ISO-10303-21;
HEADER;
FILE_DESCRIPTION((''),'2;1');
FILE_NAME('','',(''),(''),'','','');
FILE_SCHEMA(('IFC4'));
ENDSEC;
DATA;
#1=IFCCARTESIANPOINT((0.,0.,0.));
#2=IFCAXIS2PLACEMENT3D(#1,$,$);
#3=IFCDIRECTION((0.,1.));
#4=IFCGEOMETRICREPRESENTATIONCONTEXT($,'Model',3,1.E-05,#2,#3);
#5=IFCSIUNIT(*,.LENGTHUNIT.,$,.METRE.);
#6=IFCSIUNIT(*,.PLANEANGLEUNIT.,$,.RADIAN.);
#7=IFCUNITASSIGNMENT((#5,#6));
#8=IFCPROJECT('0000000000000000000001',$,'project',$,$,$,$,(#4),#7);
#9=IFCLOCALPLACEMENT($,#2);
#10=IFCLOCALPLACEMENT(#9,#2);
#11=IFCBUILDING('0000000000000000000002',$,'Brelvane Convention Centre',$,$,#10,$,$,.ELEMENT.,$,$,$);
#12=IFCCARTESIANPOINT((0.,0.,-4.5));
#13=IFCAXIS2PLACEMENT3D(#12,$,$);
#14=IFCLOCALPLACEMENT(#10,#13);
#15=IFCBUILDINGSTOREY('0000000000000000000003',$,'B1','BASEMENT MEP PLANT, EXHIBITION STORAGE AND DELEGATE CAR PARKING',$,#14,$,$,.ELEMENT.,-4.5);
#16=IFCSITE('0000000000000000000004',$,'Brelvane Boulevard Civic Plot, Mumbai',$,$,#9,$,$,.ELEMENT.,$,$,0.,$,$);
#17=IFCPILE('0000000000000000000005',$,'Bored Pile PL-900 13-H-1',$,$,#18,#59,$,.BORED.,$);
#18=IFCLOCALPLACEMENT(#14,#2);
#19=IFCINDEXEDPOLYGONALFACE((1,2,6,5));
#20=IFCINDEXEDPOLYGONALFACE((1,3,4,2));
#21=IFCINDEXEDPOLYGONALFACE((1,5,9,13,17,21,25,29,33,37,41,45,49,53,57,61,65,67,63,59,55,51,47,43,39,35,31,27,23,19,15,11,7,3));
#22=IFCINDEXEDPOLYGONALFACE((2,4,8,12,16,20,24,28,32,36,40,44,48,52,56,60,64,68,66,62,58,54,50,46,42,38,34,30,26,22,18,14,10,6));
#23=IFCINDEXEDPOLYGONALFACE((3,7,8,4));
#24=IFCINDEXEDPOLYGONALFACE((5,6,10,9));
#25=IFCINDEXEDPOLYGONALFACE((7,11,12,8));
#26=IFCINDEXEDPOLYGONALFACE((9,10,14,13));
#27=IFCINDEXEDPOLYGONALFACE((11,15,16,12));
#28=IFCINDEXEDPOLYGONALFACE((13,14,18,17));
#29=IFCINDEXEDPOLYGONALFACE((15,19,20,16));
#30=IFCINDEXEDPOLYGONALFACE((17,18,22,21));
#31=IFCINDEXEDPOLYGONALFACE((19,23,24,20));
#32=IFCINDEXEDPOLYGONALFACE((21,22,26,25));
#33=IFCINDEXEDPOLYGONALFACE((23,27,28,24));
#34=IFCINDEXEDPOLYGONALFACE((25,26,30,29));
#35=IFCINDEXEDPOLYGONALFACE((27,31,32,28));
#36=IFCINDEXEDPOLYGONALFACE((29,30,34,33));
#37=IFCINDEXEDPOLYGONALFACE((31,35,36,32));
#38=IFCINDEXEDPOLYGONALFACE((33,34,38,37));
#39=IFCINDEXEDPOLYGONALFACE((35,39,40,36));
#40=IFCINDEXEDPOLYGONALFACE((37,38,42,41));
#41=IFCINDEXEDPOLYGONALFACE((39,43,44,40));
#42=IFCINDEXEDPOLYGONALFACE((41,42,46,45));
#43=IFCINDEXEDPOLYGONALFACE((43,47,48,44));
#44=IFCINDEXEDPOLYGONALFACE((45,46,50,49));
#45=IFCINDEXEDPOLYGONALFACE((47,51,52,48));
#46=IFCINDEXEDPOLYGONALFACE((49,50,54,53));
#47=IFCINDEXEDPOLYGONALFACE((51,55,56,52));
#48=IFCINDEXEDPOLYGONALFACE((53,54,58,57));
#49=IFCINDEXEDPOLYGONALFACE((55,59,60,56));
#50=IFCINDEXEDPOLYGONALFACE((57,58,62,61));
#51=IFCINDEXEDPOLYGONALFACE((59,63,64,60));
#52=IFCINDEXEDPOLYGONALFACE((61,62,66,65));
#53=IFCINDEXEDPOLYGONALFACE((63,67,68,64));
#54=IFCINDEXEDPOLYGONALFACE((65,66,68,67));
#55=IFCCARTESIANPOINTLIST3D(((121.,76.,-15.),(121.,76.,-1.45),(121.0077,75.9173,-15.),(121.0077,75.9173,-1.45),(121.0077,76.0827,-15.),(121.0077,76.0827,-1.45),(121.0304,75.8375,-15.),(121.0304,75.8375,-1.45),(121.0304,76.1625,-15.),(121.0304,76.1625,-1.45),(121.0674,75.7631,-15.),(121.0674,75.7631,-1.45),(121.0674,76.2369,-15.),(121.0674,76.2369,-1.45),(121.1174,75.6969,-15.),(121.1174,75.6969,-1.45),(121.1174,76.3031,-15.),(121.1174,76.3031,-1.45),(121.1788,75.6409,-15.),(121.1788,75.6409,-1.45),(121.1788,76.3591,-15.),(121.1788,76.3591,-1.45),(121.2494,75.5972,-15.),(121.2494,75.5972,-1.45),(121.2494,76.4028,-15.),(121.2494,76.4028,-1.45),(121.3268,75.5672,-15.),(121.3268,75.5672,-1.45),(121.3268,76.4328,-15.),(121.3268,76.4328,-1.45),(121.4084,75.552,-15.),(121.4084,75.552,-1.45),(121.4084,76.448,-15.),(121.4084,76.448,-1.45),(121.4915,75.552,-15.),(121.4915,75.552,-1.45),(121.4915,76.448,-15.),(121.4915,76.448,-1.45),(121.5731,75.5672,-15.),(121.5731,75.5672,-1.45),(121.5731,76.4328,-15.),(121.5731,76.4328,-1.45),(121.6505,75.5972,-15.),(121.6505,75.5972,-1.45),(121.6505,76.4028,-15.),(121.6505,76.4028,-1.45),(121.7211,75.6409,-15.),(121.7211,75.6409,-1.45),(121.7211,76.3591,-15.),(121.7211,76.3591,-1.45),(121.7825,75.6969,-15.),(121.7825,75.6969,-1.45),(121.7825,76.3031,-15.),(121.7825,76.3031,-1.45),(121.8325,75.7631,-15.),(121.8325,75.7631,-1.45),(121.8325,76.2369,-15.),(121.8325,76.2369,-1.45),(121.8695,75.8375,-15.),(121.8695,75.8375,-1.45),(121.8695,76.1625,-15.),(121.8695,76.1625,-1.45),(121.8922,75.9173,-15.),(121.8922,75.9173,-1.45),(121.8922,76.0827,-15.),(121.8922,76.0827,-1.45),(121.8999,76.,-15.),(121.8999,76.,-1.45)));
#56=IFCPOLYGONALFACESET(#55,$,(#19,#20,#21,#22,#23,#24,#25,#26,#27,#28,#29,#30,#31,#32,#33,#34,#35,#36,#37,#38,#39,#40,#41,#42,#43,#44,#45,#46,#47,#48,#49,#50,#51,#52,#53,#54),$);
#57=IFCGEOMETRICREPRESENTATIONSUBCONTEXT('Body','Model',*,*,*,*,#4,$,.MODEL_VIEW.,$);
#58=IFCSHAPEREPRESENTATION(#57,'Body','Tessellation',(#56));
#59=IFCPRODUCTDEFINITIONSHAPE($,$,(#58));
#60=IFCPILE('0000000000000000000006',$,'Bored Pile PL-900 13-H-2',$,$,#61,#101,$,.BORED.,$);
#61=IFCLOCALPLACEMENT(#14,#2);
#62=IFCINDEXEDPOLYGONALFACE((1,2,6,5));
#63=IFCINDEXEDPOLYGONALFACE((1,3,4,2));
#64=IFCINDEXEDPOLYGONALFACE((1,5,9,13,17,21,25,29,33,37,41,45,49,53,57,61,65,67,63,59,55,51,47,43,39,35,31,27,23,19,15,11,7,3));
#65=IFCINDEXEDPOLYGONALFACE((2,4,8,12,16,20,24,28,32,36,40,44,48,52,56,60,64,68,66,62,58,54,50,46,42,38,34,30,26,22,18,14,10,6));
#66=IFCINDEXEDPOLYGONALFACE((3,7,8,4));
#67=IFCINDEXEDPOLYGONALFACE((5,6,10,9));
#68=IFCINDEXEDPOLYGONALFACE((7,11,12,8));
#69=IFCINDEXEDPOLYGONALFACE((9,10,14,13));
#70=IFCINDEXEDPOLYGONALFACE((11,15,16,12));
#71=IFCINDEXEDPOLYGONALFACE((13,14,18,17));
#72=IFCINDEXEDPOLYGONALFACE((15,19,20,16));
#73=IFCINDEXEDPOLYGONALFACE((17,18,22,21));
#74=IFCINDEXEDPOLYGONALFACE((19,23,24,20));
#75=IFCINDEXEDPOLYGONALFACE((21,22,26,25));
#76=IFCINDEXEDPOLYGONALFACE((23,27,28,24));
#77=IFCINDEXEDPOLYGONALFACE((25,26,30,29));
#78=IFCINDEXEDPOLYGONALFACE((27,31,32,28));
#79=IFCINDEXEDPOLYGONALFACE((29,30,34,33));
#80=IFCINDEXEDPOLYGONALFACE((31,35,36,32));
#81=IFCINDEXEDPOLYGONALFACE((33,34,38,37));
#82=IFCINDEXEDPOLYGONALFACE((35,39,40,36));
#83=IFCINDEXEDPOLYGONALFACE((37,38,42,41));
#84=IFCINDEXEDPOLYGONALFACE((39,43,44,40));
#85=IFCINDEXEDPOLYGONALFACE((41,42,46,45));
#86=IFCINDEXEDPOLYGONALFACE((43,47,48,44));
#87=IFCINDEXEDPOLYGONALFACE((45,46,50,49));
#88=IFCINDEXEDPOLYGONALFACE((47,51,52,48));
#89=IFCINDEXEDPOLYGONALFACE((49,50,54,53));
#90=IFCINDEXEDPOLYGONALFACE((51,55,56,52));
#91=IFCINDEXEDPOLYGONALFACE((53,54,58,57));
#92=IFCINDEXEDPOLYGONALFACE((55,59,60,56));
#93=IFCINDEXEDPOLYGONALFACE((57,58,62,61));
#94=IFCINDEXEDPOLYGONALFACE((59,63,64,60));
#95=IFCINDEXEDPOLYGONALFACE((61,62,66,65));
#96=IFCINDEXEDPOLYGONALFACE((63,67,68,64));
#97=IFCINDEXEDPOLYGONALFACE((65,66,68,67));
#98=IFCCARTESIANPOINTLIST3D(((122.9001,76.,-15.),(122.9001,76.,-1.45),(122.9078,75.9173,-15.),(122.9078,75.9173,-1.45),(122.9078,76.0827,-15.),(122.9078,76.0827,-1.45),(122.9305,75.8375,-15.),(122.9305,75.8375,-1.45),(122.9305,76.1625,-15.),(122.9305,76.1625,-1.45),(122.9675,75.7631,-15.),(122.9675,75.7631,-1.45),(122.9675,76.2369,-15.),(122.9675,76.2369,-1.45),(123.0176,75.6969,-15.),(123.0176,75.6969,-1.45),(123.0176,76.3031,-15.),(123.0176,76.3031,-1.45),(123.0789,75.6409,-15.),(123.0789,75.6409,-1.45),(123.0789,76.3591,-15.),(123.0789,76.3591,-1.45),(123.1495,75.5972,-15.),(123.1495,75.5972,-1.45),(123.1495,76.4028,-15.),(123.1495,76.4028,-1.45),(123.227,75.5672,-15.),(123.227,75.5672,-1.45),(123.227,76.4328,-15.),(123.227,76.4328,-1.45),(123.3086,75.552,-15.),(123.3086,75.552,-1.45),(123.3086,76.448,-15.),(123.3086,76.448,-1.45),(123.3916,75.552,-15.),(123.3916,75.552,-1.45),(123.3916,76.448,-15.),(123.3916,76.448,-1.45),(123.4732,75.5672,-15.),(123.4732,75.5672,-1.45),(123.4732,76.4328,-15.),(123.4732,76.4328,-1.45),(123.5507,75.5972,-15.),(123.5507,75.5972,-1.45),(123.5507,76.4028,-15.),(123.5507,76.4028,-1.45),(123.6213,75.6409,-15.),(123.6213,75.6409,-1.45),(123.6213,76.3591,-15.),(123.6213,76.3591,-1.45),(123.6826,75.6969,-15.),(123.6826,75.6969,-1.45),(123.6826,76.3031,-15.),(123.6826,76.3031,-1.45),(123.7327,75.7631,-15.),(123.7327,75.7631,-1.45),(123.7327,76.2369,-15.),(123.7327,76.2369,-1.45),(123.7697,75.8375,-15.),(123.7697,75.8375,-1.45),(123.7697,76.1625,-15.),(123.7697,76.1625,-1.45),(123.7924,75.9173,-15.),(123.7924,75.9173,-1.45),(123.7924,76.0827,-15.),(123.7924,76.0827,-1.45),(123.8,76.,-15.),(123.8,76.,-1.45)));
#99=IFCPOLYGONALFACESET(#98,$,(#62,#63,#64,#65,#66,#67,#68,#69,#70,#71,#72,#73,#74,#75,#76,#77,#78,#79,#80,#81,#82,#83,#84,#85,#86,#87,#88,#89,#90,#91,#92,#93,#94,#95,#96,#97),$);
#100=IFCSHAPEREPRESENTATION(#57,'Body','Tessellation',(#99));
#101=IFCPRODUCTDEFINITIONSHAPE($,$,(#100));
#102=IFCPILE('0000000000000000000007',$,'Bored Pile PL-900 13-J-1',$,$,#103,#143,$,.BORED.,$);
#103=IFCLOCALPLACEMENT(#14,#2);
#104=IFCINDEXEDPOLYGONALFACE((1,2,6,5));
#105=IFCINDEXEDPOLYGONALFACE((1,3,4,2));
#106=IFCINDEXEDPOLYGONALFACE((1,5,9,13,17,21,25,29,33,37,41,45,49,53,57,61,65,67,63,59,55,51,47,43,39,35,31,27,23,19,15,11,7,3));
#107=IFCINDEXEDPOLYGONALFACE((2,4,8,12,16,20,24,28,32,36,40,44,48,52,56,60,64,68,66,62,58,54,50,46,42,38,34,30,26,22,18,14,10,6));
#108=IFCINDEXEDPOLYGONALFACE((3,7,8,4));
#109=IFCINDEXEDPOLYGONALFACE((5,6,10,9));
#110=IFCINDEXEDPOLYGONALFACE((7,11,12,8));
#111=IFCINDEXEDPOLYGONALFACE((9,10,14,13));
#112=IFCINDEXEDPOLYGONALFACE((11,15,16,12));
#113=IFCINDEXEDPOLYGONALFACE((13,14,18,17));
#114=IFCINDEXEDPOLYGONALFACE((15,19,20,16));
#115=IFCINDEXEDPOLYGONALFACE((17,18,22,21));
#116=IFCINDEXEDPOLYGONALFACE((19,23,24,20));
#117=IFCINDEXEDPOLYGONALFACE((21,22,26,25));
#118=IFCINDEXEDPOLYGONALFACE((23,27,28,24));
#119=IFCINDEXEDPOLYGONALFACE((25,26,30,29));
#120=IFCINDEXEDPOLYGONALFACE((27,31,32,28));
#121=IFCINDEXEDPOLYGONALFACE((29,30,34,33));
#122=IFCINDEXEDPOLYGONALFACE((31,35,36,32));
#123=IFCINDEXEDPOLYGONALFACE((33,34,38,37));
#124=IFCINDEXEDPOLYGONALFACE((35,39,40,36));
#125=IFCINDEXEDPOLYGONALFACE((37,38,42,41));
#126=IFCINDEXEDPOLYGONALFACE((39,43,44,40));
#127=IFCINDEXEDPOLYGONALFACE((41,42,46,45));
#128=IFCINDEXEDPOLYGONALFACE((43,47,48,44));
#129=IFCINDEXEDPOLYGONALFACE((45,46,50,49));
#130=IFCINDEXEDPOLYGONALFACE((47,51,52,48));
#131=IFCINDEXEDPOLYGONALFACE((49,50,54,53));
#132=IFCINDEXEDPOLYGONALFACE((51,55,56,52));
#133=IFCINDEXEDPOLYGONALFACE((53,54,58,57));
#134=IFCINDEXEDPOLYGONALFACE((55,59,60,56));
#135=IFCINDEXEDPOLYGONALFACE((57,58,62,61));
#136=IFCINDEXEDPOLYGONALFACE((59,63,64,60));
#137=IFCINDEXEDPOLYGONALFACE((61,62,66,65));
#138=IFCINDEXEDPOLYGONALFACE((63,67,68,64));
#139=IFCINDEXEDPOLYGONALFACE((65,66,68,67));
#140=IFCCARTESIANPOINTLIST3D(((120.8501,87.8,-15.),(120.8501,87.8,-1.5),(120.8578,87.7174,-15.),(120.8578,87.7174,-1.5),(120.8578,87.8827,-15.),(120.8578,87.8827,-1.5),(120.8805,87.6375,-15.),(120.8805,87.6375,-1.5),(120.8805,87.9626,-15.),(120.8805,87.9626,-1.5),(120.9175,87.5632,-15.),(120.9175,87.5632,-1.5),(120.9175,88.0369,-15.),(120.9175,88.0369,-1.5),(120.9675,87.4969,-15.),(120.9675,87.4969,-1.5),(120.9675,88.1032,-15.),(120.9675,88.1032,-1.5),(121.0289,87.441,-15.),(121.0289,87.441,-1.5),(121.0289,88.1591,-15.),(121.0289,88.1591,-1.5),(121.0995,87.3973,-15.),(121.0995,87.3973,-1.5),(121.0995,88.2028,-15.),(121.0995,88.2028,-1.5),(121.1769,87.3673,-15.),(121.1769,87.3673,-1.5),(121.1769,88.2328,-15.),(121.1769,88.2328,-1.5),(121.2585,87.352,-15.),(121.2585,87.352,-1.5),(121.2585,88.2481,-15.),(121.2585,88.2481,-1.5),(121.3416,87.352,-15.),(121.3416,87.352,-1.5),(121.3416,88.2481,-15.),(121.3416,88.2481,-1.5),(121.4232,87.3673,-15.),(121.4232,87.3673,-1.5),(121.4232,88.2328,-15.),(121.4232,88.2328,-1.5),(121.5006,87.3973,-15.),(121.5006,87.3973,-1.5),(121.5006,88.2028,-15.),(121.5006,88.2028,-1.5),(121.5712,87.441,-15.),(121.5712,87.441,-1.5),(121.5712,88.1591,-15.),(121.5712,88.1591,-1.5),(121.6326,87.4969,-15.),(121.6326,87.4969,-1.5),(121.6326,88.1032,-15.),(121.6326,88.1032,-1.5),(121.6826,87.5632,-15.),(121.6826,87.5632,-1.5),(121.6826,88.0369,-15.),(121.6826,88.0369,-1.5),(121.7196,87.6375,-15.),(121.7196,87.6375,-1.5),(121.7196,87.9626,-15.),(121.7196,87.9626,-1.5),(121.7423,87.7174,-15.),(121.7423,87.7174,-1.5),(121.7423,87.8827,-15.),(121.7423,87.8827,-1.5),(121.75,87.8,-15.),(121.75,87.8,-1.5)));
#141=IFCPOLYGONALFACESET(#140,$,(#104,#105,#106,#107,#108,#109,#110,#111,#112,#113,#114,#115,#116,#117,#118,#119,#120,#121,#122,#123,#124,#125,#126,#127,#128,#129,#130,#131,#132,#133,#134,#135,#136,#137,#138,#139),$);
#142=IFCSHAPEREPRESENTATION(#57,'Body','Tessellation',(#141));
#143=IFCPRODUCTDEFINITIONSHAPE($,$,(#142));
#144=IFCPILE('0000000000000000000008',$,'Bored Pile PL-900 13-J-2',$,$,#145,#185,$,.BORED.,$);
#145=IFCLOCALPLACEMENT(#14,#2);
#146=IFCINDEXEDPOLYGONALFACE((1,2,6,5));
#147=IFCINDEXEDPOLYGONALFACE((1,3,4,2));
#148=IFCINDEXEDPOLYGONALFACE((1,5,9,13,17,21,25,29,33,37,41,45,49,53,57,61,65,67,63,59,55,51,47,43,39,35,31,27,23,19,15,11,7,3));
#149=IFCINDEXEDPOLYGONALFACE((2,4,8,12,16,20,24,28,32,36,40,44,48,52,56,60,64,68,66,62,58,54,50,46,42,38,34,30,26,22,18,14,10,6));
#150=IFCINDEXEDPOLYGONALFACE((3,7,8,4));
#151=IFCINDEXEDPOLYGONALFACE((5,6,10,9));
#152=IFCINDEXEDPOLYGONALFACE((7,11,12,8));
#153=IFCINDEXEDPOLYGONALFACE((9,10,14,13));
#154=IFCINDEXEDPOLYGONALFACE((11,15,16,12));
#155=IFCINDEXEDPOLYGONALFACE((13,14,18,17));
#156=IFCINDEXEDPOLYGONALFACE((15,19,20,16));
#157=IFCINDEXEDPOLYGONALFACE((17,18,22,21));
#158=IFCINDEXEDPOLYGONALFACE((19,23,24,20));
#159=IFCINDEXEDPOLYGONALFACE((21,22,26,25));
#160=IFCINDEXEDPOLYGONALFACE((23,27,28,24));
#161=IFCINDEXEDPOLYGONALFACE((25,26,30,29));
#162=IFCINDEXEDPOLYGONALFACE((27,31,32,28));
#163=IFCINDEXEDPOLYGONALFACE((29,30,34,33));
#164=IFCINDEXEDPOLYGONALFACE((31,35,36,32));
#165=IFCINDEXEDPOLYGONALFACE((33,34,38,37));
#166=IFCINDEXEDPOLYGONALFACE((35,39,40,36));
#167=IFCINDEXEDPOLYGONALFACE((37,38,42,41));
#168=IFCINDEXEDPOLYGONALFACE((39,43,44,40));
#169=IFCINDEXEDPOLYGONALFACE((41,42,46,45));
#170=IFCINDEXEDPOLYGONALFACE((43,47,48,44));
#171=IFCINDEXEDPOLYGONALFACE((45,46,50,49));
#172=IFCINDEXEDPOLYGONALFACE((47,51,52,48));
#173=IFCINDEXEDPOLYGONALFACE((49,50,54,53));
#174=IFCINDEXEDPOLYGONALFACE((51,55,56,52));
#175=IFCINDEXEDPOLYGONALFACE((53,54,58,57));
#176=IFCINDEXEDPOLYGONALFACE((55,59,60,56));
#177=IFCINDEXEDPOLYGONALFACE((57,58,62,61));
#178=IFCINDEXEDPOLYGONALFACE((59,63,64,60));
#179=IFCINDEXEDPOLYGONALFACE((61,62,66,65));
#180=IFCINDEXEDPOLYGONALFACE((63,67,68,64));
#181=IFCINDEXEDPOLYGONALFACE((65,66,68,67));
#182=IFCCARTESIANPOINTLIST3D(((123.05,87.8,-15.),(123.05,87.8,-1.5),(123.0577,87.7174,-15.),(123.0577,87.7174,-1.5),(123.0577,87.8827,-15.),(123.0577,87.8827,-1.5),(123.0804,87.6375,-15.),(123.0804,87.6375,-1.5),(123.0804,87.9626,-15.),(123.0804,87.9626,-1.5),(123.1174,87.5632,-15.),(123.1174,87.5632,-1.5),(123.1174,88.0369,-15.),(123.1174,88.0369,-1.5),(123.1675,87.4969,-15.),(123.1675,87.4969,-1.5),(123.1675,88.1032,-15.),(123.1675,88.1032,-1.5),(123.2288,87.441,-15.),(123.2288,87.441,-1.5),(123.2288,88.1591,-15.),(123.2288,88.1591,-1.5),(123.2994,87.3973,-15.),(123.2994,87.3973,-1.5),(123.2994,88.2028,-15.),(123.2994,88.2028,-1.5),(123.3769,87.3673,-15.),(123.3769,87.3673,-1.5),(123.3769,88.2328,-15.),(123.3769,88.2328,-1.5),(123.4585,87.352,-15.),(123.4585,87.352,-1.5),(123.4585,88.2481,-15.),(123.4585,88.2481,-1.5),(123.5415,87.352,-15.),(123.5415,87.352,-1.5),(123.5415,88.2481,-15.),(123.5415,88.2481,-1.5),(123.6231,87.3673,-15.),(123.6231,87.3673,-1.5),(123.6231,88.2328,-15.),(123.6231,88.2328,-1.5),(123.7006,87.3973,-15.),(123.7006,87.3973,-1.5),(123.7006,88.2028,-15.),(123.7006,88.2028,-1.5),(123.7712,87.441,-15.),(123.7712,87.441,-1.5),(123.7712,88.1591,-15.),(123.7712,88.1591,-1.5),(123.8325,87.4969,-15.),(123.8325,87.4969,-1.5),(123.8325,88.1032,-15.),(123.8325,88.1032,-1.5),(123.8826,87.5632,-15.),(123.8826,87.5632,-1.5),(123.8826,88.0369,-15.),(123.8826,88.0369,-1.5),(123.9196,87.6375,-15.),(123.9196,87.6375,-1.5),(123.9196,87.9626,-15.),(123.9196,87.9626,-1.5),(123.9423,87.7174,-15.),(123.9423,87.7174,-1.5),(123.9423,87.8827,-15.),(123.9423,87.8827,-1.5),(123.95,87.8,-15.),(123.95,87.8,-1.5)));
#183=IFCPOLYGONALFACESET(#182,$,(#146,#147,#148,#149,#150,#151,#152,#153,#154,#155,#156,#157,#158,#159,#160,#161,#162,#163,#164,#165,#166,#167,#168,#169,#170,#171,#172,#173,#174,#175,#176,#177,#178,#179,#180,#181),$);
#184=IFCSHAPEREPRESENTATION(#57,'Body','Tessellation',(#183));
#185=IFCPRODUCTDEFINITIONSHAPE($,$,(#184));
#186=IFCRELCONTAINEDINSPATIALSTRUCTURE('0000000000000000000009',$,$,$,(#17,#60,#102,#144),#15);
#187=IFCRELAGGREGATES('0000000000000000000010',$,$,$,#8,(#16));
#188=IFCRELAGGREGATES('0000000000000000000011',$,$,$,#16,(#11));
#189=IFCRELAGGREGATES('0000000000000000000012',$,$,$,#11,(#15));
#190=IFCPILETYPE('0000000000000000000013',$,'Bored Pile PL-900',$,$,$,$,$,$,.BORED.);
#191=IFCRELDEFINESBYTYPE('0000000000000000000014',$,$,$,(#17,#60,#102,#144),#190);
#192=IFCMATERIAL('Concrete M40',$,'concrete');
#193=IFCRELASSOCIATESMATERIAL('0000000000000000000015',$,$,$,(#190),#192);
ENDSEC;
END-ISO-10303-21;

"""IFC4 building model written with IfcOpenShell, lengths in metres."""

from ifc_helpers import new_model, si_unit, direction, frame, origin, origin_2d, place, context, subcontext, project, spatial, circle, extrude, material, material_profile, profile_set, type_object, element, save


model = new_model("IFC4")

# Units and contexts
model_context = context("Model", 3, precision=1e-05, world=origin(), true_north=direction((0.0, 1.0)))
body_context = subcontext(model_context, "Body", "Model", "MODEL_VIEW")
ifc_project = project(units=[si_unit("LENGTHUNIT", "METRE"), si_unit("PLANEANGLEUNIT", "RADIAN")], contexts=[model_context])

# Site, building, storey
site_placement = place(None, origin())
site = spatial("IfcSite", under=ifc_project, at=site_placement, Name="Brelvane Boulevard Civic Plot, Mumbai", CompositionType="ELEMENT", RefElevation=0.0)
building_placement = place(site_placement, origin())
building = spatial("IfcBuilding", under=site, at=building_placement, Name="Brelvane Convention Centre", CompositionType="ELEMENT")
storey_placement = place(building_placement, frame((0.0, 0.0, -4.5)))
storey = spatial("IfcBuildingStorey", under=building, at=storey_placement, Name="B1", Description="BASEMENT MEP PLANT, EXHIBITION STORAGE AND DELEGATE CAR PARKING", CompositionType="ELEMENT", Elevation=-4.5)

# Piles
ifc_material_1 = material(Name="Concrete M40", Category="concrete")
ifc_material_profile_1 = material_profile(ifc_material_1, circle(Radius=0.45, at=origin_2d()), Name="PILE D900")
ifc_profile_set_1 = profile_set([ifc_material_profile_1], Name="Concrete M40")
pile_type = type_object("IfcPileType", Name="Bored Pile PL-900", PredefinedType="BORED", material=ifc_profile_set_1)
for number, where, z_axis, x_axis, name in (
    (1, (121.45, 76.0, -1.45), (0.0, 0.0, -1.0), (1.0, 0.0, 0.0), "Bored Pile PL-900 13-H-1"),
    (2, (123.3501, 76.0, -1.45), (0.0, 0.0, -1.0), (1.0, 0.0, 0.0), "Bored Pile PL-900 13-H-2"),
):
    element("IfcPile", number, at=place(storey_placement, frame(where, z_axis=z_axis, x_axis=x_axis)), inside=storey, type_object=pile_type, Name=name, PredefinedType="BORED", context=body_context, shape_type="SweptSolid", body=[
        extrude(circle(Radius=0.45, at=origin_2d()), origin(), (0.0, 0.0, 1.0), 13.55),
    ])
for number, where, z_axis, x_axis, name in (
    (3, (121.3, 87.8, -1.5), (0.0, 0.0, -1.0), (1.0, 0.0, 0.0), "Bored Pile PL-900 13-J-1"),
    (4, (123.5, 87.8, -1.5), (0.0, 0.0, -1.0), (1.0, 0.0, 0.0), "Bored Pile PL-900 13-J-2"),
):
    element("IfcPile", number, at=place(storey_placement, frame(where, z_axis=z_axis, x_axis=x_axis)), inside=storey, type_object=pile_type, Name=name, PredefinedType="BORED", context=body_context, shape_type="SweptSolid", body=[
        extrude(circle(Radius=0.45, at=origin_2d()), origin(), (0.0, 0.0, 1.0), 13.5),
    ])

save(model, "model.ifc")
